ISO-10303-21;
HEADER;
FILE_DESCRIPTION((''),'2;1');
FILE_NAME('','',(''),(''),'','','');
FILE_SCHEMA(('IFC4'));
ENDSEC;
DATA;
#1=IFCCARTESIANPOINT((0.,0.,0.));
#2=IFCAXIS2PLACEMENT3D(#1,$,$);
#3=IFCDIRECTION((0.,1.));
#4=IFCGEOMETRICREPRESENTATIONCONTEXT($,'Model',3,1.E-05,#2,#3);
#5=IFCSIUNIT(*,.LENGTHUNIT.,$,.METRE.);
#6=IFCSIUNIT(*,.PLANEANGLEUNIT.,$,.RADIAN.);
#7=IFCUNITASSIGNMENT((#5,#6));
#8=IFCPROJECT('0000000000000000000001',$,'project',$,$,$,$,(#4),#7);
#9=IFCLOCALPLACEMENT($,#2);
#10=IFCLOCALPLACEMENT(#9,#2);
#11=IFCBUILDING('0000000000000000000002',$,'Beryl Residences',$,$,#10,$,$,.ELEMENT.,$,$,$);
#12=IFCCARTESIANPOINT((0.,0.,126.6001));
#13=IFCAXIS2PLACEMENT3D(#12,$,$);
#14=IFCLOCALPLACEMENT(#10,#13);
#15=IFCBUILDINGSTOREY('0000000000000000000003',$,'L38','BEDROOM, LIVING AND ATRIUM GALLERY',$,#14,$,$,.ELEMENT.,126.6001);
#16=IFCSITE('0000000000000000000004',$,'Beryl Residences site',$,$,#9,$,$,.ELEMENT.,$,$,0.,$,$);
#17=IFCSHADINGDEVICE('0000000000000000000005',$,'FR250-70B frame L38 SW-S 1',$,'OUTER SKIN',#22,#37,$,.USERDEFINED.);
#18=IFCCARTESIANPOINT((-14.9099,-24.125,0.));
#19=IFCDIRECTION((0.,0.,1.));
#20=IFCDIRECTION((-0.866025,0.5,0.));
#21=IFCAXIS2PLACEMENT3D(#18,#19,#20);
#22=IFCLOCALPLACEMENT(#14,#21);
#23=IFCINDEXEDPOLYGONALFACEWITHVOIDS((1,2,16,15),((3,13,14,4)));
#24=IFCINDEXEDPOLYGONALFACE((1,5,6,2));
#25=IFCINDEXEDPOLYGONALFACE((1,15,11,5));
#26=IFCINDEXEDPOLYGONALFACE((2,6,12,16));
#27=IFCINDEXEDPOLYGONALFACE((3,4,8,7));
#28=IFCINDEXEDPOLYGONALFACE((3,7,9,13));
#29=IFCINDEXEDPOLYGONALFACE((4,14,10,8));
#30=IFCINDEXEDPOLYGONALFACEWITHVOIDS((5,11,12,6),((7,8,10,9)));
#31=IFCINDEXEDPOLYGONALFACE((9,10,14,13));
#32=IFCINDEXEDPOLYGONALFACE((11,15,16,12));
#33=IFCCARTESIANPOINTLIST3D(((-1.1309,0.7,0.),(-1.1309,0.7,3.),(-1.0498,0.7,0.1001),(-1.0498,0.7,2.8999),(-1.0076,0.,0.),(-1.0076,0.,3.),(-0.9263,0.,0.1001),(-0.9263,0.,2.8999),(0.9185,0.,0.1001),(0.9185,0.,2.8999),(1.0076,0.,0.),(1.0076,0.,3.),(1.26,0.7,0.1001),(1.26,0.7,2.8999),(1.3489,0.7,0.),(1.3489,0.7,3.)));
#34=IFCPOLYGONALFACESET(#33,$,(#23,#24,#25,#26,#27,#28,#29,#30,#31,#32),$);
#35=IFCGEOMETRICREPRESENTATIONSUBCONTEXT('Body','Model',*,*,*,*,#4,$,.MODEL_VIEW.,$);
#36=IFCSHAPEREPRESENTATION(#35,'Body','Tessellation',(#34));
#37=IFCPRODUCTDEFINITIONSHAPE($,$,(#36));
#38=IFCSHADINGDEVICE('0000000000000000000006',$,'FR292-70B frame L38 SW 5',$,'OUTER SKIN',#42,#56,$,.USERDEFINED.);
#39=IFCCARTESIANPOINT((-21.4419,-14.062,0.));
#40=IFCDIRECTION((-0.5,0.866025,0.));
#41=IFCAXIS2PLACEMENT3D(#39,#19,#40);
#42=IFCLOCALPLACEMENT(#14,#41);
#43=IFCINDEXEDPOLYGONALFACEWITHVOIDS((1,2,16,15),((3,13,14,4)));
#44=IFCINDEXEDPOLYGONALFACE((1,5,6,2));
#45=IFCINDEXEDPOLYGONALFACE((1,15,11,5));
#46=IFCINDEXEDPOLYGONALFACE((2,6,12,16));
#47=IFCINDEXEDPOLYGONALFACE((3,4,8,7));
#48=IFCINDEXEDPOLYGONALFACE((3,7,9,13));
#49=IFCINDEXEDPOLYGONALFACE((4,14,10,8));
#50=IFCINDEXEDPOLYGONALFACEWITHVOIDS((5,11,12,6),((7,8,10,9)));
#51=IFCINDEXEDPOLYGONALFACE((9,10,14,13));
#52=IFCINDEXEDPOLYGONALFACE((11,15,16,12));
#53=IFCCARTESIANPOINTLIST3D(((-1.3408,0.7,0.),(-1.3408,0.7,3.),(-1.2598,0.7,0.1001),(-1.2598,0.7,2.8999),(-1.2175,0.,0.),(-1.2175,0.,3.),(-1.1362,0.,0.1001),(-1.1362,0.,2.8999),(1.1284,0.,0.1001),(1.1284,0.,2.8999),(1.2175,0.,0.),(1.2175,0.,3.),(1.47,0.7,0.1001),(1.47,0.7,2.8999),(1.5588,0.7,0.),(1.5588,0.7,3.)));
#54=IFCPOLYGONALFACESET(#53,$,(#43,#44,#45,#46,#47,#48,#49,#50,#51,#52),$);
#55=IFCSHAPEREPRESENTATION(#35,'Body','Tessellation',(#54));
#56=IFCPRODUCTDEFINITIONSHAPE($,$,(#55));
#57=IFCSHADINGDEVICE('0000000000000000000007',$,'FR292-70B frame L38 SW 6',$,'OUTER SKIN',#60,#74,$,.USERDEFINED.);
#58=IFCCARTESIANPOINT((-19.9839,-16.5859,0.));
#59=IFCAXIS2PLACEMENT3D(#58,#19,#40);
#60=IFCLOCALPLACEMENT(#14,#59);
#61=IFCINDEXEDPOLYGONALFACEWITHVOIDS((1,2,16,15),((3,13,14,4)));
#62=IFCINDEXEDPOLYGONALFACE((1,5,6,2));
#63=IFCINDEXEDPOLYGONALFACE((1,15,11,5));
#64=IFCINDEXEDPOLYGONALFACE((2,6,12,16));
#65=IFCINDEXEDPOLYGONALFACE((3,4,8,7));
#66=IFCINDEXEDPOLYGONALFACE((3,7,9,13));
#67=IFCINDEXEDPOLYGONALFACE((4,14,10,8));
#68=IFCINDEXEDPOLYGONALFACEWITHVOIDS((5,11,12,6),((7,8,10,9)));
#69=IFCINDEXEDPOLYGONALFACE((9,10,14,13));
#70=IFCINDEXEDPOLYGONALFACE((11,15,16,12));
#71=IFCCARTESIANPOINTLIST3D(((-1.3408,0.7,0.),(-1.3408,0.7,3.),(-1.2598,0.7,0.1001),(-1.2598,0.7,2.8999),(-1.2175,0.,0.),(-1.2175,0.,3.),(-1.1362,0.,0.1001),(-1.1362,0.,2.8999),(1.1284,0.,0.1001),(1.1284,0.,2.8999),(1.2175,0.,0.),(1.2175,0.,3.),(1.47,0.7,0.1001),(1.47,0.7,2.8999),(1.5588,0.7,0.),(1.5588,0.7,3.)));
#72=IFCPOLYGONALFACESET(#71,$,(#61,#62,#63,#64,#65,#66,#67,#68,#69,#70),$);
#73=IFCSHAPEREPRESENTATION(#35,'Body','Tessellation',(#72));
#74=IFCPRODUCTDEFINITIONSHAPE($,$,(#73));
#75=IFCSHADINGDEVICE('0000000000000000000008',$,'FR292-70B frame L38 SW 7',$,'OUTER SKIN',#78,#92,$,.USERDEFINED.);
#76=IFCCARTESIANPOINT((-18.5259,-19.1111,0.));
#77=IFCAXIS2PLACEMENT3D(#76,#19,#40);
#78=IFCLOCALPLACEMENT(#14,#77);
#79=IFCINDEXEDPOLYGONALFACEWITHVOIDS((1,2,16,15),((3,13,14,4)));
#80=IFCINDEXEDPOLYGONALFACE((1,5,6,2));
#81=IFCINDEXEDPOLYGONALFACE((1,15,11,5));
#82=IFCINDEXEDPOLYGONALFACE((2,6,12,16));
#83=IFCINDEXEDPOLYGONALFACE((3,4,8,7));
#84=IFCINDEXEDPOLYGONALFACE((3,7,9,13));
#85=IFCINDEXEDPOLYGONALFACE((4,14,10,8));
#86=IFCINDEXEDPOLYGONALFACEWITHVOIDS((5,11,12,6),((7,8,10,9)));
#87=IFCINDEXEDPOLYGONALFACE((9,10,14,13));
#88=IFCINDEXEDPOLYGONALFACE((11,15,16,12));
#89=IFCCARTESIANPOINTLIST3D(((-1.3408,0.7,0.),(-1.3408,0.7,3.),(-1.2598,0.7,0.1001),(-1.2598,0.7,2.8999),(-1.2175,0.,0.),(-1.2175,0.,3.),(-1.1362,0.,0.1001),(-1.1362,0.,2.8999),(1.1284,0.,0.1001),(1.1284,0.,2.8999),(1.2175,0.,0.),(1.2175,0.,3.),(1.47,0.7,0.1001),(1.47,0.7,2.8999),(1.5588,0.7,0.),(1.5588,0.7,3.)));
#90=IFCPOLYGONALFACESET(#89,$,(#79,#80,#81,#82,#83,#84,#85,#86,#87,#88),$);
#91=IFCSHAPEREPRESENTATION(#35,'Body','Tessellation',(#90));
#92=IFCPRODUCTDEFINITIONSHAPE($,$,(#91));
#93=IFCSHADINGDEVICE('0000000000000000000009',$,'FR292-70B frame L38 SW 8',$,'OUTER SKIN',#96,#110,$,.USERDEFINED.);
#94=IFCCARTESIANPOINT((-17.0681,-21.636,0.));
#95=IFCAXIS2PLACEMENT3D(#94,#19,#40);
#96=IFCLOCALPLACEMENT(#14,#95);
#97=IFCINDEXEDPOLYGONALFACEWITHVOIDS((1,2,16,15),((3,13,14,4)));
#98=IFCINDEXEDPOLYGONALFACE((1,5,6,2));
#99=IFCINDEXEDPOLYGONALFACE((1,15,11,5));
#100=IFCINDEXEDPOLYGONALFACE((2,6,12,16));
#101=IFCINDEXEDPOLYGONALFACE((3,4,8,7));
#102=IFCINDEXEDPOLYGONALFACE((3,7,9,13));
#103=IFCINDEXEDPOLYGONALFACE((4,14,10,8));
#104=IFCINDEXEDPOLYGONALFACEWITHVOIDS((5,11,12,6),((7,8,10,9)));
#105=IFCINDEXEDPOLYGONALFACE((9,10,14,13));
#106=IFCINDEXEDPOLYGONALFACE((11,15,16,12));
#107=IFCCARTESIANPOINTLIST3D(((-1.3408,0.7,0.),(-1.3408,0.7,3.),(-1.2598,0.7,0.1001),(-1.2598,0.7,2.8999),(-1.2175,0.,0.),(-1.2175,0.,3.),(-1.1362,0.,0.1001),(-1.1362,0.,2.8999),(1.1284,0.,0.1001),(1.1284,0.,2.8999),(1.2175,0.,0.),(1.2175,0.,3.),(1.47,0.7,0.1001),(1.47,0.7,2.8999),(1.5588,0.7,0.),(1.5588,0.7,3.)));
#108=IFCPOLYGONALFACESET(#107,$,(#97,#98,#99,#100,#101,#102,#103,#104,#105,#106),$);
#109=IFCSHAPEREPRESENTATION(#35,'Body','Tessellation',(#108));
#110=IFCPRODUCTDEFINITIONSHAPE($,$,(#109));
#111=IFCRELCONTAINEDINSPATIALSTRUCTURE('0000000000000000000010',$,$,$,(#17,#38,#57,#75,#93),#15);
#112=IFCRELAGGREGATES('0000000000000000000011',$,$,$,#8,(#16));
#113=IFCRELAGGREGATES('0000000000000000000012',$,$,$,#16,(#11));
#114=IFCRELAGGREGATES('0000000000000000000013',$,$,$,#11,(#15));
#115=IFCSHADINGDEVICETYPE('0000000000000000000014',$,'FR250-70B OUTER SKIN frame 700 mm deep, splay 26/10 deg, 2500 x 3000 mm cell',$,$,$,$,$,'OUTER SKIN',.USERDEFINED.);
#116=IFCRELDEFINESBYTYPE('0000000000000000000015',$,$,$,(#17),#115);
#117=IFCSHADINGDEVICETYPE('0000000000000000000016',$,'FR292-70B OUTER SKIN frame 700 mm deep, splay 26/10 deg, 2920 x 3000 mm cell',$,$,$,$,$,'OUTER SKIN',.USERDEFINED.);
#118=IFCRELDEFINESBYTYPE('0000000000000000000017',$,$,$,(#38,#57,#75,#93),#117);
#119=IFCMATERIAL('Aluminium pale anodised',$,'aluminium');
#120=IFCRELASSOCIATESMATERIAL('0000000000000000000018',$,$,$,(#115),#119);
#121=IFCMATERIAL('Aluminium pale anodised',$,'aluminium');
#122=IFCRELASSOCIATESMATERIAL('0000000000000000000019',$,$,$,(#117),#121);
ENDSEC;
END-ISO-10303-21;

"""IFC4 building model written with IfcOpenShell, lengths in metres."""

from ifc_helpers import new_model, entity, si_unit, direction, frame, origin, place, context, subcontext, project, spatial, source, transform, mapped, material, type_object, type_shapes, element, save


model = new_model("IFC4")

# Units and contexts
model_context = context("Model", 3, precision=1e-05, world=origin(), true_north=direction((0.0, 1.0)))
body_context = subcontext(model_context, "Body", "Model", "MODEL_VIEW")
ifc_project = project(units=[si_unit("LENGTHUNIT", "METRE"), si_unit("PLANEANGLEUNIT", "RADIAN")], contexts=[model_context])

# Site, building, storey
site_placement = place(None, origin())
site = spatial("IfcSite", under=ifc_project, at=site_placement, Name="Beryl Residences site", CompositionType="ELEMENT", RefElevation=0.0)
building_placement = place(site_placement, origin())
building = spatial("IfcBuilding", under=site, at=building_placement, Name="Beryl Residences", CompositionType="ELEMENT")
storey_placement = place(building_placement, frame((0.0, 0.0, 126.6001)))
storey = spatial("IfcBuildingStorey", under=building, at=storey_placement, Name="L38", Description="BEDROOM, LIVING AND ATRIUM GALLERY", CompositionType="ELEMENT", Elevation=126.6001)

# Shading devices
ifc_material_1 = material(Name="Aluminium pale anodised", Category="aluminium")
shading_device_type_1 = type_object("IfcShadingDeviceType", Name="FR250-70B OUTER SKIN frame 700 mm deep, splay 26/10 deg, 2500 x 3000 mm cell", ElementType="OUTER SKIN", PredefinedType="USERDEFINED", material=ifc_material_1)
cartesian_point_1 = entity("IfcCartesianPoint", [-1.0076, 0.0])
cartesian_point_2 = entity("IfcCartesianPoint", [-0.9185, 0.1001])
cartesian_point_3 = entity("IfcCartesianPoint", [-1.3489, 0.0])
cartesian_point_4 = entity("IfcCartesianPoint", [-1.26, 0.1001])
shared_shape_1 = source(origin(), body_context, "Body", "SweptSolid", [
    entity("IfcExtrudedAreaSolidTapered", entity("IfcArbitraryProfileDefWithVoids", "AREA", None, entity("IfcPolyline", [cartesian_point_1, entity("IfcCartesianPoint", [1.0076, 0.0]), entity("IfcCartesianPoint", [1.0076, 3.0]), entity("IfcCartesianPoint", [-1.0076, 3.0]), cartesian_point_1]), [entity("IfcPolyline", [cartesian_point_2, entity("IfcCartesianPoint", [0.9263, 0.1001]), entity("IfcCartesianPoint", [0.9263, 2.8999]), entity("IfcCartesianPoint", [-0.9185, 2.8999]), cartesian_point_2])]), entity("IfcAxis2Placement3D", entity("IfcCartesianPoint", [0.0, 0.0, 0.0]), entity("IfcDirection", [0.0, 1.0, 0.0]), entity("IfcDirection", [-1.0, 0.0, 0.0])), entity("IfcDirection", [0.0, 0.0, 1.0]), 0.7, entity("IfcArbitraryProfileDefWithVoids", "AREA", None, entity("IfcPolyline", [cartesian_point_3, entity("IfcCartesianPoint", [1.1309, 0.0]), entity("IfcCartesianPoint", [1.1309, 3.0]), entity("IfcCartesianPoint", [-1.3489, 3.0]), cartesian_point_3]), [entity("IfcPolyline", [cartesian_point_4, entity("IfcCartesianPoint", [1.0498, 0.1001]), entity("IfcCartesianPoint", [1.0498, 2.8999]), entity("IfcCartesianPoint", [-1.26, 2.8999]), cartesian_point_4])])),
])
type_shapes(shading_device_type_1, [shared_shape_1])
shading_device_placement = place(storey_placement, frame((-14.9099, -24.125, 0.0), z_axis=(0.0, 0.0, 1.0), x_axis=(-0.866025, 0.5, 0.0)))
element("IfcShadingDevice", 1, at=shading_device_placement, inside=storey, type_object=shading_device_type_1, Name="FR250-70B frame L38 SW-S 1", ObjectType="OUTER SKIN", PredefinedType="USERDEFINED", context=body_context, shape_type="MappedRepresentation", body=[
    mapped(shared_shape_1, transform((0.0, 0.0, 0.0))),
])
ifc_material_2 = material(Name="Aluminium pale anodised", Category="aluminium")
shading_device_type_2 = type_object("IfcShadingDeviceType", Name="FR292-70B OUTER SKIN frame 700 mm deep, splay 26/10 deg, 2920 x 3000 mm cell", ElementType="OUTER SKIN", PredefinedType="USERDEFINED", material=ifc_material_2)
cartesian_point_5 = entity("IfcCartesianPoint", [-1.2175, 0.0])
cartesian_point_6 = entity("IfcCartesianPoint", [-1.1284, 0.1001])
cartesian_point_7 = entity("IfcCartesianPoint", [-1.5588, 0.0])
cartesian_point_8 = entity("IfcCartesianPoint", [-1.47, 0.1001])
shared_shape_2 = source(origin(), body_context, "Body", "SweptSolid", [
    entity("IfcExtrudedAreaSolidTapered", entity("IfcArbitraryProfileDefWithVoids", "AREA", None, entity("IfcPolyline", [cartesian_point_5, entity("IfcCartesianPoint", [1.2175, 0.0]), entity("IfcCartesianPoint", [1.2175, 3.0]), entity("IfcCartesianPoint", [-1.2175, 3.0]), cartesian_point_5]), [entity("IfcPolyline", [cartesian_point_6, entity("IfcCartesianPoint", [1.1362, 0.1001]), entity("IfcCartesianPoint", [1.1362, 2.8999]), entity("IfcCartesianPoint", [-1.1284, 2.8999]), cartesian_point_6])]), entity("IfcAxis2Placement3D", entity("IfcCartesianPoint", [0.0, 0.0, 0.0]), entity("IfcDirection", [0.0, 1.0, 0.0]), entity("IfcDirection", [-1.0, 0.0, 0.0])), entity("IfcDirection", [0.0, 0.0, 1.0]), 0.7, entity("IfcArbitraryProfileDefWithVoids", "AREA", None, entity("IfcPolyline", [cartesian_point_7, entity("IfcCartesianPoint", [1.3408, 0.0]), entity("IfcCartesianPoint", [1.3408, 3.0]), entity("IfcCartesianPoint", [-1.5588, 3.0]), cartesian_point_7]), [entity("IfcPolyline", [cartesian_point_8, entity("IfcCartesianPoint", [1.2598, 0.1001]), entity("IfcCartesianPoint", [1.2598, 2.8999]), entity("IfcCartesianPoint", [-1.47, 2.8999]), cartesian_point_8])])),
])
type_shapes(shading_device_type_2, [shared_shape_2])
for number, where, z_axis, x_axis, name in (
    (2, (-21.4419, -14.062, 0.0), (0.0, 0.0, 1.0), (-0.5, 0.866025, 0.0), "FR292-70B frame L38 SW 5"),
    (3, (-19.9839, -16.5859, 0.0), (0.0, 0.0, 1.0), (-0.5, 0.866025, 0.0), "FR292-70B frame L38 SW 6"),
    (4, (-18.5259, -19.1111, 0.0), (0.0, 0.0, 1.0), (-0.5, 0.866025, 0.0), "FR292-70B frame L38 SW 7"),
    (5, (-17.0681, -21.636, 0.0), (0.0, 0.0, 1.0), (-0.5, 0.866025, 0.0), "FR292-70B frame L38 SW 8"),
):
    element("IfcShadingDevice", number, at=place(storey_placement, frame(where, z_axis=z_axis, x_axis=x_axis)), inside=storey, type_object=shading_device_type_2, Name=name, ObjectType="OUTER SKIN", PredefinedType="USERDEFINED", context=body_context, shape_type="MappedRepresentation", body=[
        mapped(shared_shape_2, transform((0.0, 0.0, 0.0))),
    ])

save(model, "model.ifc")
